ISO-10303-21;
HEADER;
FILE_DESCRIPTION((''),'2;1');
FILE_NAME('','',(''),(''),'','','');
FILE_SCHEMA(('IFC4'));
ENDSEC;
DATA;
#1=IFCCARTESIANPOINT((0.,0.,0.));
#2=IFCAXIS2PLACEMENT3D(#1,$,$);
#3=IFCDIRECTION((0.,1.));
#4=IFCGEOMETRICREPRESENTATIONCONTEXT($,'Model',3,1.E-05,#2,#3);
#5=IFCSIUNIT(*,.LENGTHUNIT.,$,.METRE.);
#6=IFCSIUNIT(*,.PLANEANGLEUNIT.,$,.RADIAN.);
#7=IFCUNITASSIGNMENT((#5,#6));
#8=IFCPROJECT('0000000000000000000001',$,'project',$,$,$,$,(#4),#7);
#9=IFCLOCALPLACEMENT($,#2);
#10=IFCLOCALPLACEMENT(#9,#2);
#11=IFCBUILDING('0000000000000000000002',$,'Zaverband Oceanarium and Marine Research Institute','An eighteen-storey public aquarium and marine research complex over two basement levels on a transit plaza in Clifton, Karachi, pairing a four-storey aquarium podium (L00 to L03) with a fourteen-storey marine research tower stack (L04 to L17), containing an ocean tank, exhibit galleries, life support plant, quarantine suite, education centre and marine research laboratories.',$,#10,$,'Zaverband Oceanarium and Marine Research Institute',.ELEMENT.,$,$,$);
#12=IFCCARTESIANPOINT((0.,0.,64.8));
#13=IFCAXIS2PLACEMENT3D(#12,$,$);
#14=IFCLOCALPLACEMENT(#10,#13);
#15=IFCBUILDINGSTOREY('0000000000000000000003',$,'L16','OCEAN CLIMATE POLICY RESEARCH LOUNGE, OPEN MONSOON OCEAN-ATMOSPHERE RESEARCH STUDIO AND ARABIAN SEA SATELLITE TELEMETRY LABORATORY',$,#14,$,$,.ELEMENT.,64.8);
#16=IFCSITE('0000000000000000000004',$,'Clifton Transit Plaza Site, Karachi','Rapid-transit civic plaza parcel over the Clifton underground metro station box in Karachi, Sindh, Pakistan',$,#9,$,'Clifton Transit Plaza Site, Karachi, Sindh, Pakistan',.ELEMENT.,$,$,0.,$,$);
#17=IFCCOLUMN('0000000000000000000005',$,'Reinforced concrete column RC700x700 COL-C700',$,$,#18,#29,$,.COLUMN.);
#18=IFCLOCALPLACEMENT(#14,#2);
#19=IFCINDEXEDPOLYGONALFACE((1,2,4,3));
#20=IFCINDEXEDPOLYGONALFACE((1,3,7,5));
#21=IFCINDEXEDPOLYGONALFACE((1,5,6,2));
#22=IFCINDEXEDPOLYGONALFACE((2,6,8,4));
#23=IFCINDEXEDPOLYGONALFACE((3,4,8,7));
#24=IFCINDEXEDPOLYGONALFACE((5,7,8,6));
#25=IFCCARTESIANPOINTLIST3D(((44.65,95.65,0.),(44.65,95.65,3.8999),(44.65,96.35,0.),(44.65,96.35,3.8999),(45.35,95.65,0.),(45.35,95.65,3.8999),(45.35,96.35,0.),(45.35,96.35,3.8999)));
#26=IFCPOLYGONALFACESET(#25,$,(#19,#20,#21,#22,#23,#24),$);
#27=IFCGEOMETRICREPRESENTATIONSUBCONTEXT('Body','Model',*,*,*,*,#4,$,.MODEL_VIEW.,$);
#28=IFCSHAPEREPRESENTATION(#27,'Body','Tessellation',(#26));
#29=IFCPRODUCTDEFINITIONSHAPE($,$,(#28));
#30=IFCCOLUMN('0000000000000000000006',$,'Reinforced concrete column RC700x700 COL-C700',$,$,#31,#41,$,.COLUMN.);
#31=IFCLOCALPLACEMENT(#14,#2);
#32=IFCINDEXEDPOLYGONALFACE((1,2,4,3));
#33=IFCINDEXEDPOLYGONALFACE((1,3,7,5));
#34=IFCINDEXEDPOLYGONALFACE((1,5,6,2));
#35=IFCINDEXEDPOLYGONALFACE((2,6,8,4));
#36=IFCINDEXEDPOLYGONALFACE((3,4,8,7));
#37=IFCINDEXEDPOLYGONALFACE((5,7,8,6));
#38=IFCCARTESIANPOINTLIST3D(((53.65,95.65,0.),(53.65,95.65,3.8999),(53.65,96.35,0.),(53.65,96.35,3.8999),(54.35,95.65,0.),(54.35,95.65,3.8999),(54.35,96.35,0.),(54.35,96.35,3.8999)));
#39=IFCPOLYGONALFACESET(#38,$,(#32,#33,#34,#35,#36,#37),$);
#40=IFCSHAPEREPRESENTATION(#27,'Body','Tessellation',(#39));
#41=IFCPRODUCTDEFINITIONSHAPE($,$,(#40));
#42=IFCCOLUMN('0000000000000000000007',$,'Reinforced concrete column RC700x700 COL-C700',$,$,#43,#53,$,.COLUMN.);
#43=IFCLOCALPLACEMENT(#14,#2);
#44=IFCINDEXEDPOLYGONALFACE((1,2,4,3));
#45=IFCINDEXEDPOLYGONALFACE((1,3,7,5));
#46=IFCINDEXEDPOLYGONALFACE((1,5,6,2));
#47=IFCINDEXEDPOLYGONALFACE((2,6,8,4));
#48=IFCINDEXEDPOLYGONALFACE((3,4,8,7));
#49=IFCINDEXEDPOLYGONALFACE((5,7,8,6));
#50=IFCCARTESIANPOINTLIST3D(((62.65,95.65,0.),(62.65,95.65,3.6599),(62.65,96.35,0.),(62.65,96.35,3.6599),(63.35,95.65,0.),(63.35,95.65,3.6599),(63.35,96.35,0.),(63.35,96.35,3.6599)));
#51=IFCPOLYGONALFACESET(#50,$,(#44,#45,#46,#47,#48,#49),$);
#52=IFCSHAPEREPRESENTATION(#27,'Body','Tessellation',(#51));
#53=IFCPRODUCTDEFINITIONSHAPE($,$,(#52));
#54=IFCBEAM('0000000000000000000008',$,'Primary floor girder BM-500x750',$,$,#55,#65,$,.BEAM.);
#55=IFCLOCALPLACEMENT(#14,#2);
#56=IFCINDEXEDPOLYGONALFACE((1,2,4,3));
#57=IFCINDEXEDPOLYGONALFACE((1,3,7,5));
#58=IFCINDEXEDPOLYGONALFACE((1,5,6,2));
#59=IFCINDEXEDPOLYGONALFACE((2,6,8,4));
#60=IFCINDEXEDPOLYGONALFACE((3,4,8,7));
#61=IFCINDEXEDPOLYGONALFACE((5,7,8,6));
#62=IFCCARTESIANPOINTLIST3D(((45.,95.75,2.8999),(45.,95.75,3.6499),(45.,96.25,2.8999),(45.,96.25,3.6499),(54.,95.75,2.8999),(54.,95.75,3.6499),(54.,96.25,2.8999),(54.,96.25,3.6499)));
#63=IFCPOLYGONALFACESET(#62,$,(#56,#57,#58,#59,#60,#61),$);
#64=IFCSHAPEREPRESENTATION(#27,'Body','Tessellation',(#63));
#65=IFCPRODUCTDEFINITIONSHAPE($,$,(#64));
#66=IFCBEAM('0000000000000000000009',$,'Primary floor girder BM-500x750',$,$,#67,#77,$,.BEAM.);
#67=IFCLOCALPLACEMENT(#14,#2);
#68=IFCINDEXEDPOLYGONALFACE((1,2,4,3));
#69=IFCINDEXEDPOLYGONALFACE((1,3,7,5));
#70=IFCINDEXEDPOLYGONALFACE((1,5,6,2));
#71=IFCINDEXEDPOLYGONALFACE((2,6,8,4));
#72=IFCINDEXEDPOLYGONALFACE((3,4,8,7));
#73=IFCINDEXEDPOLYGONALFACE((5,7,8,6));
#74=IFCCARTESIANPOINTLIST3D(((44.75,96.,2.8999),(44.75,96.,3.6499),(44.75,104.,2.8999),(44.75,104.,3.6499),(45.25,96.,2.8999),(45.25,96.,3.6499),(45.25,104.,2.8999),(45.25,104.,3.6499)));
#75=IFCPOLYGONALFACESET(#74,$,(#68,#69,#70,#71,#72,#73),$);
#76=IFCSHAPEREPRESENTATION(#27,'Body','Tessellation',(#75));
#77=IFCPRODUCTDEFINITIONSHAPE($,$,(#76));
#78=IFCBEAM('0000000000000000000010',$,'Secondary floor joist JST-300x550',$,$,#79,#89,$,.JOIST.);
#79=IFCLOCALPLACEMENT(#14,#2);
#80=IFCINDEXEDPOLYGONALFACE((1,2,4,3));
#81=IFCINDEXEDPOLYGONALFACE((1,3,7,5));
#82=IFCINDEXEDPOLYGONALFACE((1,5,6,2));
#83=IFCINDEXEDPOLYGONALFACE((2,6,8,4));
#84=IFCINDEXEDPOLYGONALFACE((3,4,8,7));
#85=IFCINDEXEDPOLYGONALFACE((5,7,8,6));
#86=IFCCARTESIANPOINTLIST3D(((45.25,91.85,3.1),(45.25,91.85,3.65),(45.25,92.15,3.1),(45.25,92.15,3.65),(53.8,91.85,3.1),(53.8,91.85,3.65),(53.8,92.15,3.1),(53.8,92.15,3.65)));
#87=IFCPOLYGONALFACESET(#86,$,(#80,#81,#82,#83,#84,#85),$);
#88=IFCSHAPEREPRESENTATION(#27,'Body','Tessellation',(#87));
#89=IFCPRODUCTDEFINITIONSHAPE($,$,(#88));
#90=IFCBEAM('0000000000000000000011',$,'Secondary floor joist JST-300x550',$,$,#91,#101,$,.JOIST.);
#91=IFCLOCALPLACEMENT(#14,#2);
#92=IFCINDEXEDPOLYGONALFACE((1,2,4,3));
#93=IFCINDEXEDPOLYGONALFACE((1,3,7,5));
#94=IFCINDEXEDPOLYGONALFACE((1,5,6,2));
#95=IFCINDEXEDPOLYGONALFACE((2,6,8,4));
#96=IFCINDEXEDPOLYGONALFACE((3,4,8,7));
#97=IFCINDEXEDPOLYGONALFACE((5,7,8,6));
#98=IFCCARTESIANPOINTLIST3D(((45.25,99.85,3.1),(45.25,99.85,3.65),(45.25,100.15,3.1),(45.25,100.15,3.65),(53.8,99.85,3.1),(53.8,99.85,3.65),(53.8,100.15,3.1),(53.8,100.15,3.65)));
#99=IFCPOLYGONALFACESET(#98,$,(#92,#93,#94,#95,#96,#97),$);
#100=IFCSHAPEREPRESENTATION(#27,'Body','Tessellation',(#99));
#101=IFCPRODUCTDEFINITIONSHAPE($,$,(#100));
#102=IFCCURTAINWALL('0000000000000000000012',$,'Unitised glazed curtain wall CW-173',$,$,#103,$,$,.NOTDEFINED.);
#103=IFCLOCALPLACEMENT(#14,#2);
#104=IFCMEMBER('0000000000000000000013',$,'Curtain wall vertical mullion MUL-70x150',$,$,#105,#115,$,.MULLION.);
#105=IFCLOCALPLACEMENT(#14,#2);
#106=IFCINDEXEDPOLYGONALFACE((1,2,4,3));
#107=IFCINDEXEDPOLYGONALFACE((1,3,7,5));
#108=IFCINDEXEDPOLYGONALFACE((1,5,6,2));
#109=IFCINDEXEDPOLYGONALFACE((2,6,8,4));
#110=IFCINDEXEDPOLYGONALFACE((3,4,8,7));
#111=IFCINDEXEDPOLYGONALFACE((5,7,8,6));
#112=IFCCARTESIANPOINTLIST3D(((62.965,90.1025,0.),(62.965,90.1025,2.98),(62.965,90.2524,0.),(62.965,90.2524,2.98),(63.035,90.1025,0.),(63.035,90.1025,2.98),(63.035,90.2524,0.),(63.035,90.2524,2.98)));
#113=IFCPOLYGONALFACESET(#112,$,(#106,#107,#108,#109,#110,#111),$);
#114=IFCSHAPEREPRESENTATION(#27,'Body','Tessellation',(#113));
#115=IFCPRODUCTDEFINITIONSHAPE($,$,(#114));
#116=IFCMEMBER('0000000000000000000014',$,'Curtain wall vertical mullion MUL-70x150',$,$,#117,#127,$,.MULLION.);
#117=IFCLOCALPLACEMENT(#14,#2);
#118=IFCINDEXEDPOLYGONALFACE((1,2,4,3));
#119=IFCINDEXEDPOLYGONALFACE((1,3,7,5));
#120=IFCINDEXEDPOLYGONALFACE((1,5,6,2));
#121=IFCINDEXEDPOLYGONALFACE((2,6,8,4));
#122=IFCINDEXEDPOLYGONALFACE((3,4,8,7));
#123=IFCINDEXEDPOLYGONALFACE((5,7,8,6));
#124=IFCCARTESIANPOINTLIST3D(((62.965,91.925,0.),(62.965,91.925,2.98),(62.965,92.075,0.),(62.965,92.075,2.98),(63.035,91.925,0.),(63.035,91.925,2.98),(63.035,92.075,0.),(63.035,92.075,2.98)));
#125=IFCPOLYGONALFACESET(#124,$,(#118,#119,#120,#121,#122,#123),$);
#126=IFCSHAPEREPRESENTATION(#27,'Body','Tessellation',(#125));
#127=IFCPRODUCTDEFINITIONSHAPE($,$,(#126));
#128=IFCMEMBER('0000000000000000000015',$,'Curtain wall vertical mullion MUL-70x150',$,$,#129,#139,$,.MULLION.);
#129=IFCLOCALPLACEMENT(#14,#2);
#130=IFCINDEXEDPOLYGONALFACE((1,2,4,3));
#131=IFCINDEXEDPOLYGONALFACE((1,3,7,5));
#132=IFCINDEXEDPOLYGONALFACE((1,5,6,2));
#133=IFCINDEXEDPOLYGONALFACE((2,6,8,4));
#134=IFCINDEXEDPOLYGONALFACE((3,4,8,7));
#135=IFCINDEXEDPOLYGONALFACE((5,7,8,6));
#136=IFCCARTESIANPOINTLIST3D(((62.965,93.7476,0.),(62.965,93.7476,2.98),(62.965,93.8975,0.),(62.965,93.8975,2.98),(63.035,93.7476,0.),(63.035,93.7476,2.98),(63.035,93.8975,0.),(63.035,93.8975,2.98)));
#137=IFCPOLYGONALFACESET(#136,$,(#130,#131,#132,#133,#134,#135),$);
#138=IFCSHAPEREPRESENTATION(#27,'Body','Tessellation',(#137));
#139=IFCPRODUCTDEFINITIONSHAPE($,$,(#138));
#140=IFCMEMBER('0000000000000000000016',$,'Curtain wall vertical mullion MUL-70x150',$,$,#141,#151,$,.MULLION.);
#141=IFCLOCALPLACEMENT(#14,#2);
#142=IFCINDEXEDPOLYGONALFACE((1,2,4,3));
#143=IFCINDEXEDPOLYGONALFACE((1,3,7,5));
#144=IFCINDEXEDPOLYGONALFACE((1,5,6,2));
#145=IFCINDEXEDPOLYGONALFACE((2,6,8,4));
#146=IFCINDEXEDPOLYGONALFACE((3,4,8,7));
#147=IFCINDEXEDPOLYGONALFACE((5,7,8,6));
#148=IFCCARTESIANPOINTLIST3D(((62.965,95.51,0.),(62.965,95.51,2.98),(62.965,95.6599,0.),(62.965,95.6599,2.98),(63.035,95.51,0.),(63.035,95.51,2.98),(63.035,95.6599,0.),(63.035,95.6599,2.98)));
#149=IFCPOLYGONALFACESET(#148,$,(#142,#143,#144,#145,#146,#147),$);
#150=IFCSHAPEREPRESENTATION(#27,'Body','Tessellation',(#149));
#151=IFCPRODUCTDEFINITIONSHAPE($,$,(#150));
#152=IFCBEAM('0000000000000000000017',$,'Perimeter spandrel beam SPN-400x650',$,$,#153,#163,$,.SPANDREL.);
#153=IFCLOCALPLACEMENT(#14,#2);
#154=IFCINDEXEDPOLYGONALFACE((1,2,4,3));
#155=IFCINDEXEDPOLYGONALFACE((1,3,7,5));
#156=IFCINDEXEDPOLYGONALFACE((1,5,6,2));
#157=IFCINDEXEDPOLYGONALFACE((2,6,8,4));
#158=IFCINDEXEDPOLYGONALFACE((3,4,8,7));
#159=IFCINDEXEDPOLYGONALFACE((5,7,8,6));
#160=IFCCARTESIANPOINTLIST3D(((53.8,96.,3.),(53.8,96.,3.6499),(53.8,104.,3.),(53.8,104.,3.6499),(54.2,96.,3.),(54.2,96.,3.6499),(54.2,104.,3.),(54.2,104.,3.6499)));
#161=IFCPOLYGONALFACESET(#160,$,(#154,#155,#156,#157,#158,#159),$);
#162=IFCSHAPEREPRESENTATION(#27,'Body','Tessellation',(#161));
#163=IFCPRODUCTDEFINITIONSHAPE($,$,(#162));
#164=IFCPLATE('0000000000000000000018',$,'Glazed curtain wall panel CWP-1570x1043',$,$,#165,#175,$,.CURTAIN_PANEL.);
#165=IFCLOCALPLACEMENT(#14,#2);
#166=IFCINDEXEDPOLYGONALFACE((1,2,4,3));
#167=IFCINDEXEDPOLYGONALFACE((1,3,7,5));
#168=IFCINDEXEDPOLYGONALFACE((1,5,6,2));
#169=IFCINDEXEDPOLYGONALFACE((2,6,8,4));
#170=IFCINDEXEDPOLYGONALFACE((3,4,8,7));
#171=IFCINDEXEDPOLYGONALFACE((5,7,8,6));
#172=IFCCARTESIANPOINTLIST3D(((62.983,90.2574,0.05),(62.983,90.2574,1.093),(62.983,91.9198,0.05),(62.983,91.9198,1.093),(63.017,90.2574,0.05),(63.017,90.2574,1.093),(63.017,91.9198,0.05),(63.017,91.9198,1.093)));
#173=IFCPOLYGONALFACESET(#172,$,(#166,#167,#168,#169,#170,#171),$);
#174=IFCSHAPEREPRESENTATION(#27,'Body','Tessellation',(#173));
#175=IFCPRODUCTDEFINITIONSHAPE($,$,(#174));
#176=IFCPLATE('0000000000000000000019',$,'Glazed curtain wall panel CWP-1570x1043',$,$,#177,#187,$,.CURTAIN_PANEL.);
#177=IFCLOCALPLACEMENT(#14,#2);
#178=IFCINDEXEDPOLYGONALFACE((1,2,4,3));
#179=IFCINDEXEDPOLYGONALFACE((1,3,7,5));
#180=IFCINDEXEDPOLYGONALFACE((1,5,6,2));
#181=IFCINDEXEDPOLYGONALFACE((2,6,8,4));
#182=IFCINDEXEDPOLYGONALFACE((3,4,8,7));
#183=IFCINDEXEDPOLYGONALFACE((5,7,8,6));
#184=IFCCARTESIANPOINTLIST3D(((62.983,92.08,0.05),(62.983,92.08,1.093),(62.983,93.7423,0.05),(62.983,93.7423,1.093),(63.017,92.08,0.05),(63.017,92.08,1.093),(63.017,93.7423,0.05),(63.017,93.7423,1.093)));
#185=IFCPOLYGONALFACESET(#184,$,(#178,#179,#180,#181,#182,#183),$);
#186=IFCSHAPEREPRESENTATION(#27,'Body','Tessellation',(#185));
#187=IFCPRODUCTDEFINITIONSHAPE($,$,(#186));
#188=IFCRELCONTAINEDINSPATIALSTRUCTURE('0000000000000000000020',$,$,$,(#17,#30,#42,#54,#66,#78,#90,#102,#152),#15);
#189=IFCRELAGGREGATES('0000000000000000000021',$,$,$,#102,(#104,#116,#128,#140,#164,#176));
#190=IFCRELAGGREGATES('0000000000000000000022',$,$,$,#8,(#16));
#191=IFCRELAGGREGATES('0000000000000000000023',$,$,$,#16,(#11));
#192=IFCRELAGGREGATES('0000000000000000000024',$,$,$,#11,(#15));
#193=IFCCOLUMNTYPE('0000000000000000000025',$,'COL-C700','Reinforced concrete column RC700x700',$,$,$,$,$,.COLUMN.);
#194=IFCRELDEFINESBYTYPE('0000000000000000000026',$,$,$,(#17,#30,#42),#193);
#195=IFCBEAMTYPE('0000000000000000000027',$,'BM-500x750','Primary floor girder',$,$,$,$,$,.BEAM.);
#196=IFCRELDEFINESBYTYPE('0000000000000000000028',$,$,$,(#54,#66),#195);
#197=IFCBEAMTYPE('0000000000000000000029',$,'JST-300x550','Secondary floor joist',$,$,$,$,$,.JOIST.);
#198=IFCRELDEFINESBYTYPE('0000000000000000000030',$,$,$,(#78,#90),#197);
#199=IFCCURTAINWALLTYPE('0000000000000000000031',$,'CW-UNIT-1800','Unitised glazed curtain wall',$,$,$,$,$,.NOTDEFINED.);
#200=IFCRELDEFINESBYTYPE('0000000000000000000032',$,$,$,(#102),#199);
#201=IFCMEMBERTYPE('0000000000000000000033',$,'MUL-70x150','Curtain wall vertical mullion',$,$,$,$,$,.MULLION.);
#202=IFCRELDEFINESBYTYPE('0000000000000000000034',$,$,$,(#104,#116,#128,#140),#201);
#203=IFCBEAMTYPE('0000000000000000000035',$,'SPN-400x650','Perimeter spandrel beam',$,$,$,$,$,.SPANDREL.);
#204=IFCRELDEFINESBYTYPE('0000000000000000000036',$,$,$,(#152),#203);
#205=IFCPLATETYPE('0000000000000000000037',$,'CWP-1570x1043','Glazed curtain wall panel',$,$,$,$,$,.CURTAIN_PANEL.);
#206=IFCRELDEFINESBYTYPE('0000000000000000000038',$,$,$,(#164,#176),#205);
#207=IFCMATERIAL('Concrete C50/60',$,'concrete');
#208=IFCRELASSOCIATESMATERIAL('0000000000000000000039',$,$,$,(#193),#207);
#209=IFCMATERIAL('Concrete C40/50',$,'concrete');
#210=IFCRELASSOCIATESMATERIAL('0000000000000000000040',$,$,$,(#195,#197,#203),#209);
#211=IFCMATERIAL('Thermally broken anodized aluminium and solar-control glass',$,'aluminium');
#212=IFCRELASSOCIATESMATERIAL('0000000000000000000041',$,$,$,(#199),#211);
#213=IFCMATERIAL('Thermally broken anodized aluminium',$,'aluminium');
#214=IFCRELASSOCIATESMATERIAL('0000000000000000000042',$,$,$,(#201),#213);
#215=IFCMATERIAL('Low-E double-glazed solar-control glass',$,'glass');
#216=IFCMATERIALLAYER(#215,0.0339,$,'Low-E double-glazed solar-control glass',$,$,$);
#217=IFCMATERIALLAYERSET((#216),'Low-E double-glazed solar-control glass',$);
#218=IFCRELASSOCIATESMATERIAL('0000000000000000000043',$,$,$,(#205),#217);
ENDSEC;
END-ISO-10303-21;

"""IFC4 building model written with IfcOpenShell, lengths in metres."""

from ifc_helpers import new_model, si_unit, direction, frame, frame_2d, origin, origin_2d, place, context, subcontext, project, spatial, rectangle, extrude, material, layer, layer_set, material_profile, profile_set, type_object, element, aggregate, save


model = new_model("IFC4")

# Units and contexts
model_context = context("Model", 3, precision=1e-05, world=origin(), true_north=direction((0.0, 1.0)))
body_context = subcontext(model_context, "Body", "Model", "MODEL_VIEW")
ifc_project = project(units=[si_unit("LENGTHUNIT", "METRE"), si_unit("PLANEANGLEUNIT", "RADIAN")], contexts=[model_context])

# Site, building, storey
site_placement = place(None, origin())
site = spatial("IfcSite", under=ifc_project, at=site_placement, Name="Clifton Transit Plaza Site, Karachi", Description="Rapid-transit civic plaza parcel over the Clifton underground metro station box in Karachi, Sindh, Pakistan", LongName="Clifton Transit Plaza Site, Karachi, Sindh, Pakistan", CompositionType="ELEMENT", RefElevation=0.0)
building_placement = place(site_placement, origin())
building = spatial("IfcBuilding", under=site, at=building_placement, Name="Zaverband Oceanarium and Marine Research Institute", Description="An eighteen-storey public aquarium and marine research complex over two basement levels on a transit plaza in Clifton, Karachi, pairing a four-storey aquarium podium (L00 to L03) with a fourteen-storey marine research tower stack (L04 to L17), containing an ocean tank, exhibit galleries, life support plant, quarantine suite, education centre and marine research laboratories.", LongName="Zaverband Oceanarium and Marine Research Institute", CompositionType="ELEMENT")
storey_placement = place(building_placement, frame((0.0, 0.0, 64.8)))
storey = spatial("IfcBuildingStorey", under=building, at=storey_placement, Name="L16", Description="OCEAN CLIMATE POLICY RESEARCH LOUNGE, OPEN MONSOON OCEAN-ATMOSPHERE RESEARCH STUDIO AND ARABIAN SEA SATELLITE TELEMETRY LABORATORY", CompositionType="ELEMENT", Elevation=64.8)

# Columns
ifc_material_1 = material(Name="Concrete C50/60", Category="concrete")
ifc_material_profile_1 = material_profile(ifc_material_1, rectangle(XDim=0.7, YDim=0.7, at=origin_2d()), Name="RC700x700")
ifc_profile_set_1 = profile_set([ifc_material_profile_1], Name="Concrete C50/60")
column_type = type_object("IfcColumnType", Name="COL-C700", Description="Reinforced concrete column RC700x700", PredefinedType="COLUMN", material=ifc_profile_set_1)
for number, where, z_axis, x_axis, name in (
    (1, (45.0, 96.0, 0.0), (0.0, 0.0, 1.0), (1.0, 0.0, 0.0), "Reinforced concrete column RC700x700 COL-C700"),
    (2, (54.0, 96.0, 0.0), (0.0, 0.0, 1.0), (1.0, 0.0, 0.0), "Reinforced concrete column RC700x700 COL-C700"),
):
    element("IfcColumn", number, at=place(storey_placement, frame(where, z_axis=z_axis, x_axis=x_axis)), inside=storey, type_object=column_type, Name=name, PredefinedType="COLUMN", context=body_context, shape_type="SweptSolid", body=[
        extrude(rectangle(XDim=0.7, YDim=0.7, at=origin_2d()), origin(), (0.0, 0.0, 1.0), 3.8999),
    ])
column_placement = place(storey_placement, frame((63.0, 96.0, 0.0), z_axis=(0.0, 0.0, 1.0), x_axis=(1.0, 0.0, 0.0)))
element("IfcColumn", 3, at=column_placement, inside=storey, type_object=column_type, Name="Reinforced concrete column RC700x700 COL-C700", PredefinedType="COLUMN", context=body_context, shape_type="SweptSolid", body=[
    extrude(rectangle(XDim=0.7, YDim=0.7, at=origin_2d()), origin(), (0.0, 0.0, 1.0), 3.6599),
])

# Beams
ifc_material_2 = material(Name="Concrete C40/50", Category="concrete")
ifc_material_profile_2 = material_profile(ifc_material_2, rectangle(XDim=0.5, YDim=0.75, at=origin_2d()), Name="RC500x750")
ifc_profile_set_2 = profile_set([ifc_material_profile_2], Name="Concrete C40/50")
beam_type_1 = type_object("IfcBeamType", Name="BM-500x750", Description="Primary floor girder", PredefinedType="BEAM", material=ifc_profile_set_2)
beam_1_placement = place(storey_placement, frame((45.0, 96.0, 3.2749), z_axis=(1.0, 0.0, 0.0), x_axis=(0.0, 1.0, 0.0)))
element("IfcBeam", 4, at=beam_1_placement, inside=storey, type_object=beam_type_1, Name="Primary floor girder BM-500x750", PredefinedType="BEAM", context=body_context, shape_type="SweptSolid", body=[
    extrude(rectangle(XDim=0.5, YDim=0.75, at=origin_2d()), origin(), (0.0, 0.0, 1.0), 9.0),
])
beam_2_placement = place(storey_placement, frame((45.0, 96.0, 3.2749), z_axis=(0.0, 1.0, 0.0), x_axis=(-1.0, 0.0, 0.0)))
element("IfcBeam", 5, at=beam_2_placement, inside=storey, type_object=beam_type_1, Name="Primary floor girder BM-500x750", PredefinedType="BEAM", context=body_context, shape_type="SweptSolid", body=[
    extrude(rectangle(XDim=0.5, YDim=0.75, at=origin_2d()), origin(), (0.0, 0.0, 1.0), 8.0),
])
ifc_material_profile_3 = material_profile(ifc_material_2, rectangle(XDim=0.3, YDim=0.55, at=origin_2d()), Name="RC300x550")
ifc_profile_set_3 = profile_set([ifc_material_profile_3], Name="Concrete C40/50")
beam_type_2 = type_object("IfcBeamType", Name="JST-300x550", Description="Secondary floor joist", PredefinedType="JOIST", material=ifc_profile_set_3)
for number, where, z_axis, x_axis, name in (
    (6, (45.25, 92.0, 3.375), (1.0, 0.0, 0.0), (0.0, 1.0, 0.0), "Secondary floor joist JST-300x550"),
    (7, (45.25, 100.0, 3.375), (1.0, 0.0, 0.0), (0.0, 1.0, 0.0), "Secondary floor joist JST-300x550"),
):
    element("IfcBeam", number, at=place(storey_placement, frame(where, z_axis=z_axis, x_axis=x_axis)), inside=storey, type_object=beam_type_2, Name=name, PredefinedType="JOIST", context=body_context, shape_type="SweptSolid", body=[
        extrude(rectangle(XDim=0.3, YDim=0.55, at=origin_2d()), origin(), (0.0, 0.0, 1.0), 8.55),
    ])

# Curtain wall, members
ifc_material_3 = material(Name="Thermally broken anodized aluminium and solar-control glass", Category="aluminium")
curtain_wall_type = type_object("IfcCurtainWallType", Name="CW-UNIT-1800", Description="Unitised glazed curtain wall", PredefinedType="NOTDEFINED", material=ifc_material_3)
curtain_wall_placement = place(storey_placement, origin())
curtain_wall = element("IfcCurtainWall", 8, at=curtain_wall_placement, inside=storey, type_object=curtain_wall_type, Name="Unitised glazed curtain wall CW-173", PredefinedType="NOTDEFINED")
ifc_material_4 = material(Name="Thermally broken anodized aluminium", Category="aluminium")
ifc_material_profile_4 = material_profile(ifc_material_4, rectangle(XDim=0.0701, YDim=0.1499, at=origin_2d()), Name="AL-MUL-70x150")
ifc_profile_set_4 = profile_set([ifc_material_profile_4], Name="Thermally broken anodized aluminium")
member_type = type_object("IfcMemberType", Name="MUL-70x150", Description="Curtain wall vertical mullion", PredefinedType="MULLION", material=ifc_profile_set_4)
member_1_placement = place(storey_placement, frame((63.0, 90.1775, 0.0), z_axis=(0.0, 0.0, 1.0), x_axis=(1.0, 0.0, 0.0)))
member_1 = element("IfcMember", 9, at=member_1_placement, type_object=member_type, Name="Curtain wall vertical mullion MUL-70x150", PredefinedType="MULLION", context=body_context, shape_type="SweptSolid", body=[
    extrude(rectangle(XDim=0.0701, YDim=0.1499, at=origin_2d()), origin(), (0.0, 0.0, 1.0), 2.98),
])
member_2_placement = place(storey_placement, frame((63.0, 92.0, 0.0), z_axis=(0.0, 0.0, 1.0), x_axis=(1.0, 0.0, 0.0)))
member_2 = element("IfcMember", 10, at=member_2_placement, type_object=member_type, Name="Curtain wall vertical mullion MUL-70x150", PredefinedType="MULLION", context=body_context, shape_type="SweptSolid", body=[
    extrude(rectangle(XDim=0.0701, YDim=0.1499, at=origin_2d()), origin(), (0.0, 0.0, 1.0), 2.98),
])
member_3_placement = place(storey_placement, frame((63.0, 93.8225, 0.0), z_axis=(0.0, 0.0, 1.0), x_axis=(1.0, 0.0, 0.0)))
member_3 = element("IfcMember", 11, at=member_3_placement, type_object=member_type, Name="Curtain wall vertical mullion MUL-70x150", PredefinedType="MULLION", context=body_context, shape_type="SweptSolid", body=[
    extrude(rectangle(XDim=0.0701, YDim=0.1499, at=origin_2d()), origin(), (0.0, 0.0, 1.0), 2.98),
])
member_4_placement = place(storey_placement, frame((63.0, 95.585, 0.0), z_axis=(0.0, 0.0, 1.0), x_axis=(1.0, 0.0, 0.0)))
member_4 = element("IfcMember", 12, at=member_4_placement, type_object=member_type, Name="Curtain wall vertical mullion MUL-70x150", PredefinedType="MULLION", context=body_context, shape_type="SweptSolid", body=[
    extrude(rectangle(XDim=0.0701, YDim=0.1499, at=origin_2d()), origin(), (0.0, 0.0, 1.0), 2.98),
])

# Beam
ifc_material_profile_5 = material_profile(ifc_material_2, rectangle(XDim=0.3999, YDim=0.6499, at=origin_2d()), Name="RC400x650")
ifc_profile_set_5 = profile_set([ifc_material_profile_5], Name="Concrete C40/50")
beam_type_3 = type_object("IfcBeamType", Name="SPN-400x650", Description="Perimeter spandrel beam", PredefinedType="SPANDREL", material=ifc_profile_set_5)
beam_3_placement = place(storey_placement, frame((54.0, 96.0, 3.325), z_axis=(0.0, 1.0, 0.0), x_axis=(-1.0, 0.0, 0.0)))
element("IfcBeam", 13, at=beam_3_placement, inside=storey, type_object=beam_type_3, Name="Perimeter spandrel beam SPN-400x650", PredefinedType="SPANDREL", context=body_context, shape_type="SweptSolid", body=[
    extrude(rectangle(XDim=0.3999, YDim=0.6499, at=origin_2d()), origin(), (0.0, 0.0, 1.0), 8.0),
])

# Plates
ifc_material_5 = material(Name="Low-E double-glazed solar-control glass", Category="glass")
ifc_layer_1 = layer(ifc_material_5, 0.0339, Name="Low-E double-glazed solar-control glass")
ifc_layer_set_1 = layer_set([ifc_layer_1], Name="Low-E double-glazed solar-control glass")
plate_type_1 = type_object("IfcPlateType", Name="CWP-1570x1043", Description="Glazed curtain wall panel", PredefinedType="CURTAIN_PANEL", material=ifc_layer_set_1)
plate_1_placement = place(storey_placement, frame((63.0, 90.2576, 0.05), z_axis=(0.0, 0.0, 1.0), x_axis=(0.0, 1.0, 0.0)))
plate_1 = element("IfcPlate", 14, at=plate_1_placement, type_object=plate_type_1, Name="Glazed curtain wall panel CWP-1570x1043", PredefinedType="CURTAIN_PANEL", context=body_context, shape_type="SweptSolid", body=[
    extrude(rectangle(XDim=1.6624, YDim=0.0339, at=frame_2d((0.8311, 0.0))), origin(), (0.0, 0.0, 1.0), 1.043),
])
plate_2_placement = place(storey_placement, frame((63.0, 92.0801, 0.05), z_axis=(0.0, 0.0, 1.0), x_axis=(0.0, 1.0, 0.0)))
plate_2 = element("IfcPlate", 15, at=plate_2_placement, type_object=plate_type_1, Name="Glazed curtain wall panel CWP-1570x1043", PredefinedType="CURTAIN_PANEL", context=body_context, shape_type="SweptSolid", body=[
    extrude(rectangle(XDim=1.6624, YDim=0.0339, at=frame_2d((0.8311, 0.0))), origin(), (0.0, 0.0, 1.0), 1.043),
])
aggregate(curtain_wall, [member_1, member_2, member_3, member_4, plate_1, plate_2])

save(model, "model.ifc")
